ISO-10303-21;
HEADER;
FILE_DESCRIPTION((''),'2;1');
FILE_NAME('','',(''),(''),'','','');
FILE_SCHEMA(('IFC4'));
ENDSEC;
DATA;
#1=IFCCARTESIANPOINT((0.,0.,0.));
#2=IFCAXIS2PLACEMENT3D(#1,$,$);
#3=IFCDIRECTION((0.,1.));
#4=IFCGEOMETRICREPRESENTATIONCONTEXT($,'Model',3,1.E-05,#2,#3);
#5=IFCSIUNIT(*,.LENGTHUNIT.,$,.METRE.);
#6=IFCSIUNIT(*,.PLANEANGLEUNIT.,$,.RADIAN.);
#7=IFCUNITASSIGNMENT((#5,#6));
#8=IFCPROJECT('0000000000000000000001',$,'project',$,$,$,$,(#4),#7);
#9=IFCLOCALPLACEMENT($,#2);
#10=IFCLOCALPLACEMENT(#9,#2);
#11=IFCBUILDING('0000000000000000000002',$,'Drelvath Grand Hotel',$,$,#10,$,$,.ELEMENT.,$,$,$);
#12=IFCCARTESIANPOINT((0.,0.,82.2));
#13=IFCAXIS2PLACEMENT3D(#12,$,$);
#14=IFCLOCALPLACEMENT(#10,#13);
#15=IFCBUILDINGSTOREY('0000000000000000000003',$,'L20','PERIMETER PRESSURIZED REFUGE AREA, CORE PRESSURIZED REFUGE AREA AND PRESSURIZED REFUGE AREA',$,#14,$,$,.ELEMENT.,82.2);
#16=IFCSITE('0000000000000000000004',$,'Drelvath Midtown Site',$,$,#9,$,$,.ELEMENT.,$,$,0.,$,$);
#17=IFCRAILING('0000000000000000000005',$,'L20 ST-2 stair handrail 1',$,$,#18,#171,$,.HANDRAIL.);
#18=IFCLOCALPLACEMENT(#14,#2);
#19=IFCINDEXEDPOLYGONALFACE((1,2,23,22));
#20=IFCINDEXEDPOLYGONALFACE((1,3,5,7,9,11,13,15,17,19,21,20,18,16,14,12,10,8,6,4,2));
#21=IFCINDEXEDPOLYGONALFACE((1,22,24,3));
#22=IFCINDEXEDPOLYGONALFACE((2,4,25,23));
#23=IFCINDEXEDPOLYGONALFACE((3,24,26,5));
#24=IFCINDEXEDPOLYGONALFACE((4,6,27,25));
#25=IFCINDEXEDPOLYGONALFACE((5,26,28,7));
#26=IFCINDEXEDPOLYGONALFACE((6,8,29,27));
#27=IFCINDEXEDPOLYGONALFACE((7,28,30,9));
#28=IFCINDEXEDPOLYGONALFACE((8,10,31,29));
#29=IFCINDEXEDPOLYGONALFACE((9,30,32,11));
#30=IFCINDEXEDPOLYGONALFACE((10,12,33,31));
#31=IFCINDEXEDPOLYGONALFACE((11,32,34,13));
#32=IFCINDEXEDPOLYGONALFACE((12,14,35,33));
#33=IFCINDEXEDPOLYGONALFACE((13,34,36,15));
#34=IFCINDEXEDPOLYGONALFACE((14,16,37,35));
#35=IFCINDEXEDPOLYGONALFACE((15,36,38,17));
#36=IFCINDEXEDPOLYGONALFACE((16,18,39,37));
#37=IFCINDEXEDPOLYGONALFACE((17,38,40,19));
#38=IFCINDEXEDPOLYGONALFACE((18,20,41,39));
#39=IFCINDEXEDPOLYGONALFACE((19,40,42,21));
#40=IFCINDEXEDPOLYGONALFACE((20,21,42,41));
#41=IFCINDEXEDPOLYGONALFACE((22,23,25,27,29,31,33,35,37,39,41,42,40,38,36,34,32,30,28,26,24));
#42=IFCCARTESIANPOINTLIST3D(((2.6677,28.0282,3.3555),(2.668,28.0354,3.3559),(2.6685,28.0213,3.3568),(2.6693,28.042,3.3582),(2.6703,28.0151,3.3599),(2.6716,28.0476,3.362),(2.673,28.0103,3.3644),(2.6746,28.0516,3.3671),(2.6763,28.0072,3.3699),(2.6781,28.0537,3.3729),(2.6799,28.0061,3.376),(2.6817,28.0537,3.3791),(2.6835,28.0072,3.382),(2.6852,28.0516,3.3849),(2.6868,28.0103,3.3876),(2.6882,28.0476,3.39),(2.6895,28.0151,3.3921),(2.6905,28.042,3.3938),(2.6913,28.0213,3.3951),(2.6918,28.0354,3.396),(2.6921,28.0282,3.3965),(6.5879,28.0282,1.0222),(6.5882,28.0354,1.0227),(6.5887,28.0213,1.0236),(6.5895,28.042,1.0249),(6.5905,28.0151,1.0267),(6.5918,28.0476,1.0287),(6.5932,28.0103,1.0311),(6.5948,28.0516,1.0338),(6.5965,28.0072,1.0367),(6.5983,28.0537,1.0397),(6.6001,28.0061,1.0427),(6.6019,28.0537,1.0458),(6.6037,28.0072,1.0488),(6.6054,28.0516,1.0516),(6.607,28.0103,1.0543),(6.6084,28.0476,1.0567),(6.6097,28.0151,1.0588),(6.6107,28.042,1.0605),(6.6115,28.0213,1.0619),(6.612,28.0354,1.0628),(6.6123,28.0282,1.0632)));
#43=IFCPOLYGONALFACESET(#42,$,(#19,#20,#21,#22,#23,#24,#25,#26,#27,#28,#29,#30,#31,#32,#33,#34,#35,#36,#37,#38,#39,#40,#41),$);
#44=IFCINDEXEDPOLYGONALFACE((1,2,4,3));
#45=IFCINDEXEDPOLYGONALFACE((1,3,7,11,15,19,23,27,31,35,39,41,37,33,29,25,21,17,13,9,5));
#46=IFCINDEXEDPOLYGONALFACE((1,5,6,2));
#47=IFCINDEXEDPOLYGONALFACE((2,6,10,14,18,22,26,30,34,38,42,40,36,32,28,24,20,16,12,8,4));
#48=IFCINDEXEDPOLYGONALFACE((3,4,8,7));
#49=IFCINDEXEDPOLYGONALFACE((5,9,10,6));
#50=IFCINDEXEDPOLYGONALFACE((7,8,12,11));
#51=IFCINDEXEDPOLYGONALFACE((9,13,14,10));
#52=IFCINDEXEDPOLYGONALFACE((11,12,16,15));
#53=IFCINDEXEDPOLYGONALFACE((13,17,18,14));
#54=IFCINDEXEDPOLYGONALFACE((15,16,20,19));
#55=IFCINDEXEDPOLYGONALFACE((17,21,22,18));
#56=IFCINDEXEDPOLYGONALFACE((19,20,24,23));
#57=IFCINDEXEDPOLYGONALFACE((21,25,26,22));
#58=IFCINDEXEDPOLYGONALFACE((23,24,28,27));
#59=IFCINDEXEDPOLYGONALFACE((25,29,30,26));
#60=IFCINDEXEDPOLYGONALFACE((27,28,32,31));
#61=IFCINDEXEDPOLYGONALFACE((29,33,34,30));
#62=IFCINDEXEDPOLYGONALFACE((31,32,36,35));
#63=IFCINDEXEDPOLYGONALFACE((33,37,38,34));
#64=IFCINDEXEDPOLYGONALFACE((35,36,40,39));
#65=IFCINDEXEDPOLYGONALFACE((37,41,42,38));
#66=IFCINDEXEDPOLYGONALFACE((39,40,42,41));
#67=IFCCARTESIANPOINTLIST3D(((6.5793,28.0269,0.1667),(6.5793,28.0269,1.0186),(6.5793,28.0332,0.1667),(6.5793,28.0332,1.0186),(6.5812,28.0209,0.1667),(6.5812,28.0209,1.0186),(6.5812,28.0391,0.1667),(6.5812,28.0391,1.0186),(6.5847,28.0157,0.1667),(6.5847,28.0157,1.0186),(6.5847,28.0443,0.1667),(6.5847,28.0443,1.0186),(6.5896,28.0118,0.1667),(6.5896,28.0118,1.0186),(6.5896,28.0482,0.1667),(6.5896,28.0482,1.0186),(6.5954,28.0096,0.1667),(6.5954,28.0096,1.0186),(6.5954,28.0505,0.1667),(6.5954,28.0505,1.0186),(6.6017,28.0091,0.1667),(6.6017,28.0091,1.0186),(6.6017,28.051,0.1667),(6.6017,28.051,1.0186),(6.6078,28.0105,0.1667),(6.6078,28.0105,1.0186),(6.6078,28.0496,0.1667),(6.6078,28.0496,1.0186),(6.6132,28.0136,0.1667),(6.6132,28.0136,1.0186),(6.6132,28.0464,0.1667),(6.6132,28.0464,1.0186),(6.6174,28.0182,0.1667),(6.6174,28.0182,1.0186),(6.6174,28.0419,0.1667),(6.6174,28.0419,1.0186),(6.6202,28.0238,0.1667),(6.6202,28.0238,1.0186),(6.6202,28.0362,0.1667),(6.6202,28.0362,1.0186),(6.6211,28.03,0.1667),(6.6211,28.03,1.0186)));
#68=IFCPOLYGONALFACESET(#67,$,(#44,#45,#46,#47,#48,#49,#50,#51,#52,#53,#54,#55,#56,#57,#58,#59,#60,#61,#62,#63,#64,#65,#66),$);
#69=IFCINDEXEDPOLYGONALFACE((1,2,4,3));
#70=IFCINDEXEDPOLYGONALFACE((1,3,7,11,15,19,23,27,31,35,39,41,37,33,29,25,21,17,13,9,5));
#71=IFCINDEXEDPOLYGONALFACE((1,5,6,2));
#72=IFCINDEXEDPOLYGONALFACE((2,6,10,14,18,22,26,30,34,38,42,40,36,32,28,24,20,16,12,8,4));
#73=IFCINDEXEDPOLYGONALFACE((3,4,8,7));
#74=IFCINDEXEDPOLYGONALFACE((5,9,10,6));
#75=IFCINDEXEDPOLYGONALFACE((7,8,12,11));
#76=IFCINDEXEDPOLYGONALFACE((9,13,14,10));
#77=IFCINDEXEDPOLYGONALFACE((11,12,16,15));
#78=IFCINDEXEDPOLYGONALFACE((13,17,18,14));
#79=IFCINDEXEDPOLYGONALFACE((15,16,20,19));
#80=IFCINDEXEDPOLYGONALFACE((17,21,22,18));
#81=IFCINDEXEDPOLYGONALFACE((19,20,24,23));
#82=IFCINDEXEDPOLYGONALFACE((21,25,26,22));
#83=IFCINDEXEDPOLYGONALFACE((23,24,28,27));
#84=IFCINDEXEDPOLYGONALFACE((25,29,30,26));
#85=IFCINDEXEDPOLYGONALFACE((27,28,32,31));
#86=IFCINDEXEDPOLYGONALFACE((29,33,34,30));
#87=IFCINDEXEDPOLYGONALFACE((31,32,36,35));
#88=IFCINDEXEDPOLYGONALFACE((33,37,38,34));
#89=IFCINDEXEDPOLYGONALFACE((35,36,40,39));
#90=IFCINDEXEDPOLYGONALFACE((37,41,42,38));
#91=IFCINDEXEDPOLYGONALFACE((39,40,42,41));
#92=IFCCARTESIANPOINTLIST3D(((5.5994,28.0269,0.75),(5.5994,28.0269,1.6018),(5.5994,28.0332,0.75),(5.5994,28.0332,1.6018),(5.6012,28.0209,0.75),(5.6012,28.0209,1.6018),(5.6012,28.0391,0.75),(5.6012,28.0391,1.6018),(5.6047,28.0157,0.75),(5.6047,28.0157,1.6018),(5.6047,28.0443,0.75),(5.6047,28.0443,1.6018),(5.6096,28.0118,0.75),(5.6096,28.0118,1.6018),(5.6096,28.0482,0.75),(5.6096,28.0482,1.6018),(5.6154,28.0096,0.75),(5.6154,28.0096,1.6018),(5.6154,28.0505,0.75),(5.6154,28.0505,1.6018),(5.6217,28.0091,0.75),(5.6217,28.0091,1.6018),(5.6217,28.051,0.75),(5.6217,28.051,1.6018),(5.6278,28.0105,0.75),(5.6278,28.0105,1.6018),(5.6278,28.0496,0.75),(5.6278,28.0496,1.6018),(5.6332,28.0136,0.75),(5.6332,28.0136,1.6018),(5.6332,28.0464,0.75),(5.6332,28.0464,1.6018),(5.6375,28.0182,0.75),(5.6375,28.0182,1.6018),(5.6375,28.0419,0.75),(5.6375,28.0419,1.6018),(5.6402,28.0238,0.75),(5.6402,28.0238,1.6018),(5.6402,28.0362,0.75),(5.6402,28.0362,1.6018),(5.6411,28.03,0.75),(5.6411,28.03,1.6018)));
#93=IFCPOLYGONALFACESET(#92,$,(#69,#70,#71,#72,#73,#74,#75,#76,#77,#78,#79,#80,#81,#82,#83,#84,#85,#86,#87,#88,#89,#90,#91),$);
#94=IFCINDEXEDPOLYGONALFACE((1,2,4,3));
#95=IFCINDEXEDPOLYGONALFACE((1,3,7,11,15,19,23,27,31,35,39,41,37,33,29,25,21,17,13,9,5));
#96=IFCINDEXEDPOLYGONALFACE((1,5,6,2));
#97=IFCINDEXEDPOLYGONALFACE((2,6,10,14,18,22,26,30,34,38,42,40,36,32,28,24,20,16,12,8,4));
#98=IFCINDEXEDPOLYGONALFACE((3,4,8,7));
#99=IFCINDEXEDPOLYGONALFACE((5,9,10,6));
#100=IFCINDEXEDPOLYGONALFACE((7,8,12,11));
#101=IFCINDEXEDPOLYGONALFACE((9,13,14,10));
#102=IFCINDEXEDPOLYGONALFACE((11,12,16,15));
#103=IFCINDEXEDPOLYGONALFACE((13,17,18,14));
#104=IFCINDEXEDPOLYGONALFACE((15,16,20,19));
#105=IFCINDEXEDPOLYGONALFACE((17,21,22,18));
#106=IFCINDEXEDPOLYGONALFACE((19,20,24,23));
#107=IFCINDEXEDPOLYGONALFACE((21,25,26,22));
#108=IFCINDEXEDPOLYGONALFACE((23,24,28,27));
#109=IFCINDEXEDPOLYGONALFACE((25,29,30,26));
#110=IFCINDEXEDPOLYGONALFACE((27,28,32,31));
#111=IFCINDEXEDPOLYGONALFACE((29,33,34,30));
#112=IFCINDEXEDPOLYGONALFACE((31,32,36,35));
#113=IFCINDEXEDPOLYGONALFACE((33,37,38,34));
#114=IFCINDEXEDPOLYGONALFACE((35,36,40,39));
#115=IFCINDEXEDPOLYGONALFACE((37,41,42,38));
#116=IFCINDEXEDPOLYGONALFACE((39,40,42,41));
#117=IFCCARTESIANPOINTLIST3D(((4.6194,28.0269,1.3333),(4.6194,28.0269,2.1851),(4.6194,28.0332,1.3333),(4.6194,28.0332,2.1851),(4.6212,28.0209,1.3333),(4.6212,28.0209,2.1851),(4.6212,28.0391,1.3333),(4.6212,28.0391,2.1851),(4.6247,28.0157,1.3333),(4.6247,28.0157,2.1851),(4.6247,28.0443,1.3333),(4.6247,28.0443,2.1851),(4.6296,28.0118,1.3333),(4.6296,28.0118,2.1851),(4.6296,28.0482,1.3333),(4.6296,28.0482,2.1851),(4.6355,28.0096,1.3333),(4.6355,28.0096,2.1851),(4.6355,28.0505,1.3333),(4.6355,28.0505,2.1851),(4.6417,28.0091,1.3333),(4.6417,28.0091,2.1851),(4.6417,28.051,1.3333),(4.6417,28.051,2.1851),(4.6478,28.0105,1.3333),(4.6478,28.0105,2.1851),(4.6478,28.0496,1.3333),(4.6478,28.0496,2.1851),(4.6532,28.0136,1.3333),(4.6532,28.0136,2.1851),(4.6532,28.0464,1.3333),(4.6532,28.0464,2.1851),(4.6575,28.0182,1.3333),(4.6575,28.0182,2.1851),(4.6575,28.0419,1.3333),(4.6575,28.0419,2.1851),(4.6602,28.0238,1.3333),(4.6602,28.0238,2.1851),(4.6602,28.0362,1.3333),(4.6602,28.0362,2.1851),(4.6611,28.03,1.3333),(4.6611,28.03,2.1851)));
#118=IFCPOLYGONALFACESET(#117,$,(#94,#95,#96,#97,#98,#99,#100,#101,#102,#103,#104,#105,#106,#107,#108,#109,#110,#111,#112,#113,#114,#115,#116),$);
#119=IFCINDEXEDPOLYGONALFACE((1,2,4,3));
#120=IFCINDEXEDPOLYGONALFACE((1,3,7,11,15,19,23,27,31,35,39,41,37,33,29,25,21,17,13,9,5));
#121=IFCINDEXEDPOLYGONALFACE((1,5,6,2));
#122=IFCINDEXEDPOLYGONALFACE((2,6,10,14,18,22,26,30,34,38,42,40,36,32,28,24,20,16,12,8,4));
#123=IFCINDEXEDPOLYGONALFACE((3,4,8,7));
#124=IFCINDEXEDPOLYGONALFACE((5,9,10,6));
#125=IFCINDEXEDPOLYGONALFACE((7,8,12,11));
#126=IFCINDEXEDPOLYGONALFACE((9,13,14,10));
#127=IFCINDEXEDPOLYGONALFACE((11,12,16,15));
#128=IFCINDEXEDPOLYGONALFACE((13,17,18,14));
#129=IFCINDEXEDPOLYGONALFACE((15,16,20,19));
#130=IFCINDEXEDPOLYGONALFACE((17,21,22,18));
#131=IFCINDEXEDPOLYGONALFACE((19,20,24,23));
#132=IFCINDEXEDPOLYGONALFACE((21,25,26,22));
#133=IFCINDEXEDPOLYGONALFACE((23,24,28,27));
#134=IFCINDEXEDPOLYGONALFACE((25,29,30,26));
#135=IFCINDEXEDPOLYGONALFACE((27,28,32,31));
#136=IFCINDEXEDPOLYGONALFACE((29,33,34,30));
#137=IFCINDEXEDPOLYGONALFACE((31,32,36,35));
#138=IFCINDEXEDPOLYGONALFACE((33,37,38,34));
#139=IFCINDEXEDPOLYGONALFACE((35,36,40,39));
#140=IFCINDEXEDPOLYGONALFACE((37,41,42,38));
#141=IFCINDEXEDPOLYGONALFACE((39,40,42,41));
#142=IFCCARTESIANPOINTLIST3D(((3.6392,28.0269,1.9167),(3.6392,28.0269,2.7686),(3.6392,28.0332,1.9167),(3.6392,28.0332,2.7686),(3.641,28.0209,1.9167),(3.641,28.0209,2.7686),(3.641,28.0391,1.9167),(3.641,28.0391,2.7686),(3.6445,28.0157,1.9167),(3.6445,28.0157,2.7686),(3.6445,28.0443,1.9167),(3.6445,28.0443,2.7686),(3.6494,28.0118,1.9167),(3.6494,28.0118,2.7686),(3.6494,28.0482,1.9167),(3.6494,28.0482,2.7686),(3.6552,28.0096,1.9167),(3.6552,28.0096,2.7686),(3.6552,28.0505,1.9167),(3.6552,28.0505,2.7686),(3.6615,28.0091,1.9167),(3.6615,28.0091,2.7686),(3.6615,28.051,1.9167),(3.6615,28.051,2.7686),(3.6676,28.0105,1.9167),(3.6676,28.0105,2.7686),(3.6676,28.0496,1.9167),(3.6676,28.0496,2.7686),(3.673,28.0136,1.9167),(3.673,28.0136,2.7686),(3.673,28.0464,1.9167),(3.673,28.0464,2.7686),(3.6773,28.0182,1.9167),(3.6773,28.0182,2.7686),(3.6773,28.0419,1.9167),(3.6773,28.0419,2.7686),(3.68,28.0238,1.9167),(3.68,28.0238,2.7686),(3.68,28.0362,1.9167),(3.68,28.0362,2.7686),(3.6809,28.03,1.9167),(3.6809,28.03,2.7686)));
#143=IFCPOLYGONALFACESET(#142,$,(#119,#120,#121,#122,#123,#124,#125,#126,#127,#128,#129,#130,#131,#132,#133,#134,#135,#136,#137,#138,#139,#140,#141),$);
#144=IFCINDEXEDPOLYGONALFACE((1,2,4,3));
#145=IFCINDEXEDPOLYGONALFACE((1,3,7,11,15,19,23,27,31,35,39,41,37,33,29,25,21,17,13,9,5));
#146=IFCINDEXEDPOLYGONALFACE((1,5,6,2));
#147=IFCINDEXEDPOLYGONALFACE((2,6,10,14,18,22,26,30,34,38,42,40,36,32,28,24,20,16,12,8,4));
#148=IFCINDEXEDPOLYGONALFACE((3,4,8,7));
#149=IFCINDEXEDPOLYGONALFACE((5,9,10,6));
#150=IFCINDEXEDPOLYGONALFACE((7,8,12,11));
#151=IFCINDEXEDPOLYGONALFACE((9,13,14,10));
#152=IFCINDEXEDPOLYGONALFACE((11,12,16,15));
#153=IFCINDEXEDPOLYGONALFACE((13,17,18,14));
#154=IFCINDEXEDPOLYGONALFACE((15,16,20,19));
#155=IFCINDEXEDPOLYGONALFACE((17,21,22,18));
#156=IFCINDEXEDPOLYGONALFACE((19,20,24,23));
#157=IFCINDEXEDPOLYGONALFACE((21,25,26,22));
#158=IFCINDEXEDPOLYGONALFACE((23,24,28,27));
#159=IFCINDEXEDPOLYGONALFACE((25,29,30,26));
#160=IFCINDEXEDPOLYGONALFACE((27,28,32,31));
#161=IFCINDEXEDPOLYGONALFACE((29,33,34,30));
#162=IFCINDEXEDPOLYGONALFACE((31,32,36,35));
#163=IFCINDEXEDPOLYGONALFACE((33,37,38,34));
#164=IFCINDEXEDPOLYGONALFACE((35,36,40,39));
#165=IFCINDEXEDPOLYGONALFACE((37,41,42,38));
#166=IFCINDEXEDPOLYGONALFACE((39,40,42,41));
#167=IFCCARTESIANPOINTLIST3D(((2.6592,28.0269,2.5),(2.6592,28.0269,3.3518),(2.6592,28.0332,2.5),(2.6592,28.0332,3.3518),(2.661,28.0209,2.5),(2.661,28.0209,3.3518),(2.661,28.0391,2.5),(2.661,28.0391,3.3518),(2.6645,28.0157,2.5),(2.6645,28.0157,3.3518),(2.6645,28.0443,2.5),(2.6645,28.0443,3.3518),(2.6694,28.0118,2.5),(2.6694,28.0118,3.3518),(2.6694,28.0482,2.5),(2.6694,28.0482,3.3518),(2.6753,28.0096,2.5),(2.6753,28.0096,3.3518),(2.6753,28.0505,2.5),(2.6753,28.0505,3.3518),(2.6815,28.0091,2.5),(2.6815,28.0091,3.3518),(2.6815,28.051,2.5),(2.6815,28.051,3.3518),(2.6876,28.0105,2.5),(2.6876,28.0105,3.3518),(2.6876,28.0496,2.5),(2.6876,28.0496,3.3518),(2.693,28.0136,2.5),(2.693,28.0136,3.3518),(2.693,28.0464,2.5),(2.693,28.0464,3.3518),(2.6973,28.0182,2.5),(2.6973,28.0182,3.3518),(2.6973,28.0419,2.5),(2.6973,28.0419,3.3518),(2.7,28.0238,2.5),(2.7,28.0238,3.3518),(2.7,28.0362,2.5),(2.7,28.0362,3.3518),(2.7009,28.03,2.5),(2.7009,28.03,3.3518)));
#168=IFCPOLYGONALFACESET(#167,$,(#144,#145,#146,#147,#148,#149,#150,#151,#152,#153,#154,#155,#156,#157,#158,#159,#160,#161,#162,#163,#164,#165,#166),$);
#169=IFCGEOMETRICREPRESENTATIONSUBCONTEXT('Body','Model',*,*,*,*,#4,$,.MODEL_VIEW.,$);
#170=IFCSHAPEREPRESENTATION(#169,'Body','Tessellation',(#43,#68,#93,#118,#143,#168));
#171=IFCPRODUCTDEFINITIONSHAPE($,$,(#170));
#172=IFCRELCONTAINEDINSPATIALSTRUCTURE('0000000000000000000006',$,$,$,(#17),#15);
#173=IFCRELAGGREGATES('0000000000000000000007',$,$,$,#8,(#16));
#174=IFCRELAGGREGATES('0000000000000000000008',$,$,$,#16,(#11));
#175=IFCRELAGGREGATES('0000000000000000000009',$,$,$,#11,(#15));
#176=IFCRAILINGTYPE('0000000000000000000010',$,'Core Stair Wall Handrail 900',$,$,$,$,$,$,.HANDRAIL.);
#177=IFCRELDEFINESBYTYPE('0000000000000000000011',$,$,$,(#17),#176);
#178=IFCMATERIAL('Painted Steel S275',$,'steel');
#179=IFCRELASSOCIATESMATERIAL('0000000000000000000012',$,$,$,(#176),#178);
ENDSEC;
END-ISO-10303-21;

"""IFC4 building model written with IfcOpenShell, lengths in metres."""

from ifc_helpers import new_model, si_unit, direction, frame, origin, origin_2d, place, context, subcontext, project, spatial, circle, extrude, material, type_object, element, save


model = new_model("IFC4")

# Units and contexts
model_context = context("Model", 3, precision=1e-05, world=origin(), true_north=direction((0.0, 1.0)))
body_context = subcontext(model_context, "Body", "Model", "MODEL_VIEW")
ifc_project = project(units=[si_unit("LENGTHUNIT", "METRE"), si_unit("PLANEANGLEUNIT", "RADIAN")], contexts=[model_context])

# Site, building, storey
site_placement = place(None, origin())
site = spatial("IfcSite", under=ifc_project, at=site_placement, Name="Drelvath Midtown Site", CompositionType="ELEMENT", RefElevation=0.0)
building_placement = place(site_placement, origin())
building = spatial("IfcBuilding", under=site, at=building_placement, Name="Drelvath Grand Hotel", CompositionType="ELEMENT")
storey_placement = place(building_placement, frame((0.0, 0.0, 82.2)))
storey = spatial("IfcBuildingStorey", under=building, at=storey_placement, Name="L20", Description="PERIMETER PRESSURIZED REFUGE AREA, CORE PRESSURIZED REFUGE AREA AND PRESSURIZED REFUGE AREA", CompositionType="ELEMENT", Elevation=82.2)

# Shared definitions
ifc_material_1 = material(Name="Painted Steel S275", Category="steel")

# Railing
railing_type_1 = type_object("IfcRailingType", Name="Core Stair Wall Handrail 900", PredefinedType="HANDRAIL", material=ifc_material_1)
railing_1_placement = place(storey_placement, frame((6.6001, 28.03, 0.1667)))
element("IfcRailing", 1, at=railing_1_placement, inside=storey, type_object=railing_type_1, Name="L20 ST-2 stair handrail 1", PredefinedType="HANDRAIL", context=body_context, shape_type="SweptSolid", body=[
    extrude(circle(Radius=0.0239, at=origin_2d()), frame((0.0, 0.0, 0.876), z_axis=(-0.85931, 0.0, 0.511455), x_axis=(0.0, -1.0, 0.0)), (0.0, 0.0, 1.0), 4.562),
    extrude(circle(Radius=0.021, at=origin_2d()), origin(), (0.0, 0.0, 1.0), 0.8518),
    extrude(circle(Radius=0.021, at=origin_2d()), frame((-0.98, 0.0, 0.5833)), (0.0, 0.0, 1.0), 0.8518),
    extrude(circle(Radius=0.021, at=origin_2d()), frame((-1.96, 0.0, 1.1665)), (0.0, 0.0, 1.0), 0.8518),
    extrude(circle(Radius=0.021, at=origin_2d()), frame((-2.9402, 0.0, 1.75)), (0.0, 0.0, 1.0), 0.8518),
    extrude(circle(Radius=0.021, at=origin_2d()), frame((-3.9202, 0.0, 2.3333)), (0.0, 0.0, 1.0), 0.8518),
])

save(model, "model.ifc")
